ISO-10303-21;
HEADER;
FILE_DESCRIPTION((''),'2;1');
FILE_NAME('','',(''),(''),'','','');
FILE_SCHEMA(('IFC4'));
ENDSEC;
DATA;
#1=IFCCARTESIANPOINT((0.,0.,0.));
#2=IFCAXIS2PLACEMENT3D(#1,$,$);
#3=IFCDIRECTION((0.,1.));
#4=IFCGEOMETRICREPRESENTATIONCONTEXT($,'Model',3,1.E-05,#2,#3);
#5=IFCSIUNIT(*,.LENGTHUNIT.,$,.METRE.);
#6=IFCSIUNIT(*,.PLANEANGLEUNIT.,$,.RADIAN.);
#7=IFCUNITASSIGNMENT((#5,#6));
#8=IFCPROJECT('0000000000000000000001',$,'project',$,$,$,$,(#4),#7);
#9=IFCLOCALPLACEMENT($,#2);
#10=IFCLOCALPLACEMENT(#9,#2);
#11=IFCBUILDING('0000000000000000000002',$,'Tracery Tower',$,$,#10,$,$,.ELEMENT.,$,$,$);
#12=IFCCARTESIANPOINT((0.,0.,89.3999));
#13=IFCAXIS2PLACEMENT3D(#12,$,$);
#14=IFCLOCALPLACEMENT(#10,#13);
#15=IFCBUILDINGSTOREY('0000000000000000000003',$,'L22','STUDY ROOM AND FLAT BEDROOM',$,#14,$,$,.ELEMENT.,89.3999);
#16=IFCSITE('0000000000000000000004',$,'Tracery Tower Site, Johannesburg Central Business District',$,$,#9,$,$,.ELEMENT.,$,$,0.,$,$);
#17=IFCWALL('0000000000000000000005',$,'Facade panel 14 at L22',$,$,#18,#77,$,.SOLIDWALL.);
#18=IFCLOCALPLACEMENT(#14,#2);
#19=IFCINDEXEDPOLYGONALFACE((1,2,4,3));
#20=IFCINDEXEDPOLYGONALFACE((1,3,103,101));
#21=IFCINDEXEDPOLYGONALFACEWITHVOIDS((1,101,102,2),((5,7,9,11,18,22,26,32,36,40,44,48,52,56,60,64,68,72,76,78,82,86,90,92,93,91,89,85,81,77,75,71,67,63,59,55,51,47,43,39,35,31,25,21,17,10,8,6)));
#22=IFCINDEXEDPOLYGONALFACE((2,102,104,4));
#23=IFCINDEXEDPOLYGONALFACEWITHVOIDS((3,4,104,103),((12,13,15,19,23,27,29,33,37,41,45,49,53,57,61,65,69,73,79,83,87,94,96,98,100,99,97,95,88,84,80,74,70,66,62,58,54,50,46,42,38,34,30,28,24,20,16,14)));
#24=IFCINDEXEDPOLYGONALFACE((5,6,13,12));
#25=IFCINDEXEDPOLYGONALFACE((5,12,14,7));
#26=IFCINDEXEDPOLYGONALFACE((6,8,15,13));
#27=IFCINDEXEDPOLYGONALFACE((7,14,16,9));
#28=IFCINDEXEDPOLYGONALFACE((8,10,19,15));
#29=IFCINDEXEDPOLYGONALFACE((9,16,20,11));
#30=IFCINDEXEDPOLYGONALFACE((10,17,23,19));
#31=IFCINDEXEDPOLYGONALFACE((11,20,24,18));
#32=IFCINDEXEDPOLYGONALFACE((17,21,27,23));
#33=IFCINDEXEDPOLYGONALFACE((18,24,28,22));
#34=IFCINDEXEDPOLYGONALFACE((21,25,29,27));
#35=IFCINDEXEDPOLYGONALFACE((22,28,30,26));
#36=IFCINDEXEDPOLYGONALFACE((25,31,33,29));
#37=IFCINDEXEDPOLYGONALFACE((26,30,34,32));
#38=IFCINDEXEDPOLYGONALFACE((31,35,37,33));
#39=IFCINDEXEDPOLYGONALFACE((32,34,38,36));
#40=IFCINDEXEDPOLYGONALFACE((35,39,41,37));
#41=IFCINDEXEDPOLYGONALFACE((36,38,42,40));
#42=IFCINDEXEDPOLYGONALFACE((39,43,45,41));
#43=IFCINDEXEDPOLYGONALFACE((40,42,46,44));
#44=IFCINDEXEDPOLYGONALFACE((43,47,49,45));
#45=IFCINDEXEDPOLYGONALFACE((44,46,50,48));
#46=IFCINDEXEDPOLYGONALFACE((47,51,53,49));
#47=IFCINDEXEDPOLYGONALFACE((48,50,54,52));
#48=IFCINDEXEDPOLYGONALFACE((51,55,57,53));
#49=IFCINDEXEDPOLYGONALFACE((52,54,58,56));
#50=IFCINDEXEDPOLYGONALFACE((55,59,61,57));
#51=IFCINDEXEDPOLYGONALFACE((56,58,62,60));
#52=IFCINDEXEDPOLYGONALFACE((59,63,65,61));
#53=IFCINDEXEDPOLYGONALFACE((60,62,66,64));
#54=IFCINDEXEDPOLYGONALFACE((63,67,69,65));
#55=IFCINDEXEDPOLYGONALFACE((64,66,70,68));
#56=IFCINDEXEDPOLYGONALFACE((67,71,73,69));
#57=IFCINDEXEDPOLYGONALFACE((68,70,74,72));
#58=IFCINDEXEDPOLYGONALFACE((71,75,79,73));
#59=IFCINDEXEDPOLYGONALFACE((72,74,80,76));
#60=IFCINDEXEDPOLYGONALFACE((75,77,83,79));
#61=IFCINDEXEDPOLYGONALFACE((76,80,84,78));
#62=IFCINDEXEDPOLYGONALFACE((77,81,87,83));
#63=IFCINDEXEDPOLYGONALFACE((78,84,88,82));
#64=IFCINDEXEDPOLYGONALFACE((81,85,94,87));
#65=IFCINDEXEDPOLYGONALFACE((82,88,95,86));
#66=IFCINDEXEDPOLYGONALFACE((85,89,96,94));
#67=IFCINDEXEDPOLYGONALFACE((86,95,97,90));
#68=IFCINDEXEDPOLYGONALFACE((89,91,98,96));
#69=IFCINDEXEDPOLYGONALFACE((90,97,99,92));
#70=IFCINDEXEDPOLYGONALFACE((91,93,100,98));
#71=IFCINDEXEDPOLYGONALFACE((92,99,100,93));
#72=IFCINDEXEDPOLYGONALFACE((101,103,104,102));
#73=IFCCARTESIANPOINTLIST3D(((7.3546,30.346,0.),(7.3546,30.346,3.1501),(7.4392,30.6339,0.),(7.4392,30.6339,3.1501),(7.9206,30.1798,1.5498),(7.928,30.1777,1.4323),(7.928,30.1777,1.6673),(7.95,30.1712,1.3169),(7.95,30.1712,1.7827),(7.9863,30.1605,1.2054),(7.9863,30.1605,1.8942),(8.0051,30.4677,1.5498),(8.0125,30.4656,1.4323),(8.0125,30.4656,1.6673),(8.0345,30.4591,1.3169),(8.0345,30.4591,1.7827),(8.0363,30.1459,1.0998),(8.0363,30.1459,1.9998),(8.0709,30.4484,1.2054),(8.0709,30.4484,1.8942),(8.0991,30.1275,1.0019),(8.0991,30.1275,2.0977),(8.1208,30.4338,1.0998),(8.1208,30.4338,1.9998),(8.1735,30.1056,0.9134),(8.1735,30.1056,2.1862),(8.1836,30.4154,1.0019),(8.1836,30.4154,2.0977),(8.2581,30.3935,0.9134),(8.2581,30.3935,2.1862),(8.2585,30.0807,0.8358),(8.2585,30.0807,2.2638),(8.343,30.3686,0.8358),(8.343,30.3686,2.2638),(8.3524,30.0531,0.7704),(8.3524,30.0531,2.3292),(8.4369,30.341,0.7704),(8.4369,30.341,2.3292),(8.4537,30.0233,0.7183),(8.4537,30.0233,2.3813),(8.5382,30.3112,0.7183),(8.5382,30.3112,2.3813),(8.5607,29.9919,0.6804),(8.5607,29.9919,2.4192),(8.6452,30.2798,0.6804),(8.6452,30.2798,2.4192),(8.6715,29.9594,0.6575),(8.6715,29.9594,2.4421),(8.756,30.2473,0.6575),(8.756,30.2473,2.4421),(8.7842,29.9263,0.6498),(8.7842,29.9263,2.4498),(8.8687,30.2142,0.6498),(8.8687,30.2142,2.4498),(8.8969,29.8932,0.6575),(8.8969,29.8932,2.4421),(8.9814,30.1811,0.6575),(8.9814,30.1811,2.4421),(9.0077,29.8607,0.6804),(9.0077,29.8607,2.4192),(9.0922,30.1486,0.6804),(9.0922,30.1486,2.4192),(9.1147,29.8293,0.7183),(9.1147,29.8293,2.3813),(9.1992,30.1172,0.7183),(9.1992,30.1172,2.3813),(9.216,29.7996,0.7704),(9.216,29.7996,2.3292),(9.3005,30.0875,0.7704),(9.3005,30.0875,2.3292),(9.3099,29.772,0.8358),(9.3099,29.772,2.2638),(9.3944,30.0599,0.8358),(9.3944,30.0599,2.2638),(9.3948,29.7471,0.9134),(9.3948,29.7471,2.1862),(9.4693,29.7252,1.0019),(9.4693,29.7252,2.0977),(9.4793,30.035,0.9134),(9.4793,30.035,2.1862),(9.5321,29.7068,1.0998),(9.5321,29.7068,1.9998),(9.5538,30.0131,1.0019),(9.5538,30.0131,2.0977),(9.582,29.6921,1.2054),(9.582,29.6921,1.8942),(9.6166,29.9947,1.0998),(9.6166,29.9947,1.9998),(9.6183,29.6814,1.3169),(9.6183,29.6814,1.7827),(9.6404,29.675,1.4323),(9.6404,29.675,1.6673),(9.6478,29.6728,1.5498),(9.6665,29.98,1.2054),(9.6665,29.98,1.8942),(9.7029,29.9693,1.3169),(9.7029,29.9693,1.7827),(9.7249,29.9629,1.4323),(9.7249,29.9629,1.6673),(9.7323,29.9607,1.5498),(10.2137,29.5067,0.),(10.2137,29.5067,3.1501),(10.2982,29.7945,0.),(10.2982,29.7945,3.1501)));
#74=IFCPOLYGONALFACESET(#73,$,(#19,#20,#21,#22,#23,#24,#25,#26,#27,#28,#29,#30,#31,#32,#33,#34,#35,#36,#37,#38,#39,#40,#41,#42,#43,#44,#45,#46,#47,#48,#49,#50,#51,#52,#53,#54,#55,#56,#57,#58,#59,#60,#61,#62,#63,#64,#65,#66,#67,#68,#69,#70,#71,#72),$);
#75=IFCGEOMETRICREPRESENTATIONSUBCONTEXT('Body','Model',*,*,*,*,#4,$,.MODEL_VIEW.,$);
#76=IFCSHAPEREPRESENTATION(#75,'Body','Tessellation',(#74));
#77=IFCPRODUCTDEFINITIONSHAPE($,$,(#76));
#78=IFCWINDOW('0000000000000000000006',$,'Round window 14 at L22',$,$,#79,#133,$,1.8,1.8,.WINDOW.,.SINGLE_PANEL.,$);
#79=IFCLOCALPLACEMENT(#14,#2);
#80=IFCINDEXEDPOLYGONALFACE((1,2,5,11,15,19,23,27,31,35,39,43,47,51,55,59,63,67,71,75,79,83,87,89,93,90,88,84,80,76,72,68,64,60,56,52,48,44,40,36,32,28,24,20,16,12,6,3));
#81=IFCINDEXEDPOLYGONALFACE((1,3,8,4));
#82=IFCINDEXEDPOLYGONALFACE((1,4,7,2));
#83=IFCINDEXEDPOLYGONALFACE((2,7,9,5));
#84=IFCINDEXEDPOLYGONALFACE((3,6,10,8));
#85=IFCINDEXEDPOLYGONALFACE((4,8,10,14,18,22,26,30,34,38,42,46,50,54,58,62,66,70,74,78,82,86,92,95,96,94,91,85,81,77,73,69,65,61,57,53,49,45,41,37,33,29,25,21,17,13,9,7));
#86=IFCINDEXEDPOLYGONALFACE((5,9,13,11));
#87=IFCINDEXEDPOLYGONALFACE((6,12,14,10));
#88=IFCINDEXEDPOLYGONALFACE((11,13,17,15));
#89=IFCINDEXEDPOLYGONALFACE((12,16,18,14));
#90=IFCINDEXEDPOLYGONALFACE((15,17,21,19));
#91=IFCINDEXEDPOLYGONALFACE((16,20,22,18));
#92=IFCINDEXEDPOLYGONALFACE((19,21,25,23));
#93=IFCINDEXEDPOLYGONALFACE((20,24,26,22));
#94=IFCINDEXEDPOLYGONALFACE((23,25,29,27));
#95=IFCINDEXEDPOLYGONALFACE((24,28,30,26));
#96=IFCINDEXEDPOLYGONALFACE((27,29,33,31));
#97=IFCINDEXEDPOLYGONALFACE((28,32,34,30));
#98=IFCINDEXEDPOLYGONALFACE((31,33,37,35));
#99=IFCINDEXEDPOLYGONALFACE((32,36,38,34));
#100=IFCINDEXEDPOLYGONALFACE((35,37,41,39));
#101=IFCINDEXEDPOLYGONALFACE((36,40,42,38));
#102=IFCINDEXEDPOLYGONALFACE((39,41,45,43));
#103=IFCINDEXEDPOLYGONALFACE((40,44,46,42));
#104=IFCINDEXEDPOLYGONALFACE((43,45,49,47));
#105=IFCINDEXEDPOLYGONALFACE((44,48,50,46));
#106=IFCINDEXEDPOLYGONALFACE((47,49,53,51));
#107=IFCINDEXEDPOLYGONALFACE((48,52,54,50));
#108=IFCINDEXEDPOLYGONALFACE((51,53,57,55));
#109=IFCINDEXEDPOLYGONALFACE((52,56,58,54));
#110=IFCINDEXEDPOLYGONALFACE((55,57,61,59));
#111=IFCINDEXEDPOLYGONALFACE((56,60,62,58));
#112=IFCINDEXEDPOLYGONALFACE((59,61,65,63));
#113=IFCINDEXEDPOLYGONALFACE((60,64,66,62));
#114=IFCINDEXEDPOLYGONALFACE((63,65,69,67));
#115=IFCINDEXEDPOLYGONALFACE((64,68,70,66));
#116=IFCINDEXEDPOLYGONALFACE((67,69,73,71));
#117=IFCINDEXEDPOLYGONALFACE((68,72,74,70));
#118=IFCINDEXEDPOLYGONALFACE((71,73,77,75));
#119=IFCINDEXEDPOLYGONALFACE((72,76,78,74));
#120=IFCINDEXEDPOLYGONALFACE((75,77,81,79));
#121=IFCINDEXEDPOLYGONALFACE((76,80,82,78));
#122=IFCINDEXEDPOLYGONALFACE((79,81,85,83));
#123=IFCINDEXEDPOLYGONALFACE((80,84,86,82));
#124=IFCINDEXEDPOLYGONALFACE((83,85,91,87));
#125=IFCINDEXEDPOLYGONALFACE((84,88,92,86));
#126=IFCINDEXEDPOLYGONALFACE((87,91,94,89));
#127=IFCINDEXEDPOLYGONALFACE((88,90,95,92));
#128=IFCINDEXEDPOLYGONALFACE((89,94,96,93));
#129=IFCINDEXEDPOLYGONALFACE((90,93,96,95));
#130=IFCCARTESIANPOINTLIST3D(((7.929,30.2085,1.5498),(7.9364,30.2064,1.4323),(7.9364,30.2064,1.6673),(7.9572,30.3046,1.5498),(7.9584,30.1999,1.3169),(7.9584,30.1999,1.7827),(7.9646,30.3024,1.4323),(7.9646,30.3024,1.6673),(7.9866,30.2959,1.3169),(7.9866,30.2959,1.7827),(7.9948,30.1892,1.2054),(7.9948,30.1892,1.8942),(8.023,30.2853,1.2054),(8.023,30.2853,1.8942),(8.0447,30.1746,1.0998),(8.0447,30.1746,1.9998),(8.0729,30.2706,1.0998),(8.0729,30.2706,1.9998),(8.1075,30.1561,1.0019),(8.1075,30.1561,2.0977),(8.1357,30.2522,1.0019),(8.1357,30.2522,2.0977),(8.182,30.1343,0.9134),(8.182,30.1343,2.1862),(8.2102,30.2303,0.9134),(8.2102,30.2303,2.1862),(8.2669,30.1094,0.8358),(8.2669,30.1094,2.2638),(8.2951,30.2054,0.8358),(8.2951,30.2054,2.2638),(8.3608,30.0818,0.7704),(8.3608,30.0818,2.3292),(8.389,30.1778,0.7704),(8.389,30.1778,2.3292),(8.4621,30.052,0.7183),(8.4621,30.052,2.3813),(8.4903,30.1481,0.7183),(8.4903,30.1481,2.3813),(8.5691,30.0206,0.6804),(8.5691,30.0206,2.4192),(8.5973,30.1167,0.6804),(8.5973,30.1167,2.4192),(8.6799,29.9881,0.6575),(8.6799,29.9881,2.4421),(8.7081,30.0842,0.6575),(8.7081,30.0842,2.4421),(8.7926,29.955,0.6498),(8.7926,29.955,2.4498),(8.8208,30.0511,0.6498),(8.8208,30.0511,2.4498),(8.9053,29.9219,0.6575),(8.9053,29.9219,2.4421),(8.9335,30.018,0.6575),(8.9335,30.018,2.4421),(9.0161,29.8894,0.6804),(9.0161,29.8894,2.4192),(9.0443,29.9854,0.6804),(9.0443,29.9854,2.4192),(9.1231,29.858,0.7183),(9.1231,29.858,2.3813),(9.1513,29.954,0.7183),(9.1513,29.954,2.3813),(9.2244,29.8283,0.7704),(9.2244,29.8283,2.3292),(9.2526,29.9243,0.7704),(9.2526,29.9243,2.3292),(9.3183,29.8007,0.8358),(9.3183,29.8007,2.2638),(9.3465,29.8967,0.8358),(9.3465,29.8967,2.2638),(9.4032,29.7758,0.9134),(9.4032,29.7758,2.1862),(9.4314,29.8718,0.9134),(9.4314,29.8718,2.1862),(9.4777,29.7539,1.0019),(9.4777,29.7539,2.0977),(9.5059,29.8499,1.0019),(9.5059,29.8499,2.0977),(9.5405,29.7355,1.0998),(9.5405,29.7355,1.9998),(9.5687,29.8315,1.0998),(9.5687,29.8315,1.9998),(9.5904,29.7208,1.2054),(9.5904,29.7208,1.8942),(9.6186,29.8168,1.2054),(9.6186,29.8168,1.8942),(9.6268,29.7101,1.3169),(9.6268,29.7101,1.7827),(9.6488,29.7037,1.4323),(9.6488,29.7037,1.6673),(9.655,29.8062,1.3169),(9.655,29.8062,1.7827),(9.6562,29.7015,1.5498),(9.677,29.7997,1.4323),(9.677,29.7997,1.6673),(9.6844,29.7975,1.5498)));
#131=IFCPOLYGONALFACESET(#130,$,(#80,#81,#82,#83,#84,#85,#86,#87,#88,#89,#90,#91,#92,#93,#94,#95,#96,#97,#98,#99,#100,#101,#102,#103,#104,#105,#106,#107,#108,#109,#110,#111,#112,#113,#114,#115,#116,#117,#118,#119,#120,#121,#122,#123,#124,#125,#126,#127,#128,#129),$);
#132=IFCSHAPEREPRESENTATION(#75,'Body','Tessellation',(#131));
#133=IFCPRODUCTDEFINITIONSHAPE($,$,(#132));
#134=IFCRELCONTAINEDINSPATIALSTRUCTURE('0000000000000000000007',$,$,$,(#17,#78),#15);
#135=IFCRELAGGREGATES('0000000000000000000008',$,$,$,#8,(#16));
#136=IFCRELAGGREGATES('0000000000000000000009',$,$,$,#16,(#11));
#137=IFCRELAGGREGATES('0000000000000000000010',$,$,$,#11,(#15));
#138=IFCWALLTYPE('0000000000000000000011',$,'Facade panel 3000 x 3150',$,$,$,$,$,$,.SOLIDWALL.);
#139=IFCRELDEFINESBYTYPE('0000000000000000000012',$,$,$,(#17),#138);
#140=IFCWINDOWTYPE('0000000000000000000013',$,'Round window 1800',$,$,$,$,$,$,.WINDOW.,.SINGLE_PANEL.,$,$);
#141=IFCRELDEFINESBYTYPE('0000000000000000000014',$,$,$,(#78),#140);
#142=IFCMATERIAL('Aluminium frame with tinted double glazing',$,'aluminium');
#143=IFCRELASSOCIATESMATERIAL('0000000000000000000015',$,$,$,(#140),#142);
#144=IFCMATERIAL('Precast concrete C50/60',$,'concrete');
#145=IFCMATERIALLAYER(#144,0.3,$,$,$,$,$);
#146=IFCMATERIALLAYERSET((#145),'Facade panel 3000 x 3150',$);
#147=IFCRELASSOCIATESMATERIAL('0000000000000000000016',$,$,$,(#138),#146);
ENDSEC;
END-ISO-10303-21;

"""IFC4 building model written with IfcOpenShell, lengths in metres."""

from ifc_helpers import new_model, si_unit, direction, frame, frame_2d, origin, origin_2d, place, context, subcontext, project, spatial, rectangle, circle, extrude, material, layer, layer_set, type_object, element, fill, save


model = new_model("IFC4")

# Units and contexts
model_context = context("Model", 3, precision=1e-05, world=origin(), true_north=direction((0.0, 1.0)))
body_context = subcontext(model_context, "Body", "Model", "MODEL_VIEW")
ifc_project = project(units=[si_unit("LENGTHUNIT", "METRE"), si_unit("PLANEANGLEUNIT", "RADIAN")], contexts=[model_context])

# Site, building, storey
site_placement = place(None, origin())
site = spatial("IfcSite", under=ifc_project, at=site_placement, Name="Tracery Tower Site, Johannesburg Central Business District", CompositionType="ELEMENT", RefElevation=0.0)
building_placement = place(site_placement, origin())
building = spatial("IfcBuilding", under=site, at=building_placement, Name="Tracery Tower", CompositionType="ELEMENT")
storey_placement = place(building_placement, frame((0.0, 0.0, 89.3999)))
storey = spatial("IfcBuildingStorey", under=building, at=storey_placement, Name="L22", Description="STUDY ROOM AND FLAT BEDROOM", CompositionType="ELEMENT", Elevation=89.3999)

# Wall, opening, window
ifc_material_1 = material(Name="Aluminium frame with tinted double glazing", Category="aluminium")
window_type = type_object("IfcWindowType", Name="Round window 1800", PartitioningType="SINGLE_PANEL", PredefinedType="WINDOW", material=ifc_material_1)
ifc_material_2 = material(Name="Precast concrete C50/60", Category="concrete")
ifc_layer_1 = layer(ifc_material_2, 0.3)
ifc_layer_set_1 = layer_set([ifc_layer_1], Name="Facade panel 3000 x 3150")
wall_type_1 = type_object("IfcWallType", Name="Facade panel 3000 x 3150", PredefinedType="SOLIDWALL", material=ifc_layer_set_1)
wall_1_placement = place(storey_placement, frame((10.2559, 29.6506, 0.0), z_axis=(0.0, 0.0, 1.0), x_axis=(-0.959508, 0.281683, 0.0)))
wall_1 = element("IfcWall", 1, at=wall_1_placement, inside=storey, type_object=wall_type_1, Name="Facade panel 14 at L22", PredefinedType="SOLIDWALL", context=body_context, shape_type="SweptSolid", body=[
    extrude(rectangle(XDim=2.9797, YDim=0.3, at=frame_2d((1.4897, 0.0))), origin(), (0.0, 0.0, 1.0), 3.1501),
])
opening_1_placement = place(wall_1_placement, frame((1.4897, 0.0, 1.5498)))
opening_1 = element("IfcOpeningElement", 2, at=opening_1_placement, cuts=wall_1, PredefinedType="OPENING", context=body_context, shape_type="SweptSolid", body=[
    extrude(circle(Radius=0.9, at=origin_2d()), frame((0.0, 0.1599, 0.0), z_axis=(0.0, -1.0, 0.0), x_axis=(1.0, 0.0, 0.0)), (0.0, 0.0, 1.0), 0.3201),
])
window_1_placement = place(opening_1_placement, origin())
window_1 = element("IfcWindow", 3, at=window_1_placement, inside=storey, type_object=window_type, Name="Round window 14 at L22", OverallHeight=1.8, OverallWidth=1.8, PartitioningType="SINGLE_PANEL", PredefinedType="WINDOW", context=body_context, shape_type="SweptSolid", body=[
    extrude(circle(Radius=0.9, at=origin_2d()), frame((0.0, 0.1201, 0.0), z_axis=(0.0, -1.0, 0.0), x_axis=(1.0, 0.0, 0.0)), (0.0, 0.0, 1.0), 0.1001),
])
fill(opening_1, window_1)

save(model, "model.ifc")
